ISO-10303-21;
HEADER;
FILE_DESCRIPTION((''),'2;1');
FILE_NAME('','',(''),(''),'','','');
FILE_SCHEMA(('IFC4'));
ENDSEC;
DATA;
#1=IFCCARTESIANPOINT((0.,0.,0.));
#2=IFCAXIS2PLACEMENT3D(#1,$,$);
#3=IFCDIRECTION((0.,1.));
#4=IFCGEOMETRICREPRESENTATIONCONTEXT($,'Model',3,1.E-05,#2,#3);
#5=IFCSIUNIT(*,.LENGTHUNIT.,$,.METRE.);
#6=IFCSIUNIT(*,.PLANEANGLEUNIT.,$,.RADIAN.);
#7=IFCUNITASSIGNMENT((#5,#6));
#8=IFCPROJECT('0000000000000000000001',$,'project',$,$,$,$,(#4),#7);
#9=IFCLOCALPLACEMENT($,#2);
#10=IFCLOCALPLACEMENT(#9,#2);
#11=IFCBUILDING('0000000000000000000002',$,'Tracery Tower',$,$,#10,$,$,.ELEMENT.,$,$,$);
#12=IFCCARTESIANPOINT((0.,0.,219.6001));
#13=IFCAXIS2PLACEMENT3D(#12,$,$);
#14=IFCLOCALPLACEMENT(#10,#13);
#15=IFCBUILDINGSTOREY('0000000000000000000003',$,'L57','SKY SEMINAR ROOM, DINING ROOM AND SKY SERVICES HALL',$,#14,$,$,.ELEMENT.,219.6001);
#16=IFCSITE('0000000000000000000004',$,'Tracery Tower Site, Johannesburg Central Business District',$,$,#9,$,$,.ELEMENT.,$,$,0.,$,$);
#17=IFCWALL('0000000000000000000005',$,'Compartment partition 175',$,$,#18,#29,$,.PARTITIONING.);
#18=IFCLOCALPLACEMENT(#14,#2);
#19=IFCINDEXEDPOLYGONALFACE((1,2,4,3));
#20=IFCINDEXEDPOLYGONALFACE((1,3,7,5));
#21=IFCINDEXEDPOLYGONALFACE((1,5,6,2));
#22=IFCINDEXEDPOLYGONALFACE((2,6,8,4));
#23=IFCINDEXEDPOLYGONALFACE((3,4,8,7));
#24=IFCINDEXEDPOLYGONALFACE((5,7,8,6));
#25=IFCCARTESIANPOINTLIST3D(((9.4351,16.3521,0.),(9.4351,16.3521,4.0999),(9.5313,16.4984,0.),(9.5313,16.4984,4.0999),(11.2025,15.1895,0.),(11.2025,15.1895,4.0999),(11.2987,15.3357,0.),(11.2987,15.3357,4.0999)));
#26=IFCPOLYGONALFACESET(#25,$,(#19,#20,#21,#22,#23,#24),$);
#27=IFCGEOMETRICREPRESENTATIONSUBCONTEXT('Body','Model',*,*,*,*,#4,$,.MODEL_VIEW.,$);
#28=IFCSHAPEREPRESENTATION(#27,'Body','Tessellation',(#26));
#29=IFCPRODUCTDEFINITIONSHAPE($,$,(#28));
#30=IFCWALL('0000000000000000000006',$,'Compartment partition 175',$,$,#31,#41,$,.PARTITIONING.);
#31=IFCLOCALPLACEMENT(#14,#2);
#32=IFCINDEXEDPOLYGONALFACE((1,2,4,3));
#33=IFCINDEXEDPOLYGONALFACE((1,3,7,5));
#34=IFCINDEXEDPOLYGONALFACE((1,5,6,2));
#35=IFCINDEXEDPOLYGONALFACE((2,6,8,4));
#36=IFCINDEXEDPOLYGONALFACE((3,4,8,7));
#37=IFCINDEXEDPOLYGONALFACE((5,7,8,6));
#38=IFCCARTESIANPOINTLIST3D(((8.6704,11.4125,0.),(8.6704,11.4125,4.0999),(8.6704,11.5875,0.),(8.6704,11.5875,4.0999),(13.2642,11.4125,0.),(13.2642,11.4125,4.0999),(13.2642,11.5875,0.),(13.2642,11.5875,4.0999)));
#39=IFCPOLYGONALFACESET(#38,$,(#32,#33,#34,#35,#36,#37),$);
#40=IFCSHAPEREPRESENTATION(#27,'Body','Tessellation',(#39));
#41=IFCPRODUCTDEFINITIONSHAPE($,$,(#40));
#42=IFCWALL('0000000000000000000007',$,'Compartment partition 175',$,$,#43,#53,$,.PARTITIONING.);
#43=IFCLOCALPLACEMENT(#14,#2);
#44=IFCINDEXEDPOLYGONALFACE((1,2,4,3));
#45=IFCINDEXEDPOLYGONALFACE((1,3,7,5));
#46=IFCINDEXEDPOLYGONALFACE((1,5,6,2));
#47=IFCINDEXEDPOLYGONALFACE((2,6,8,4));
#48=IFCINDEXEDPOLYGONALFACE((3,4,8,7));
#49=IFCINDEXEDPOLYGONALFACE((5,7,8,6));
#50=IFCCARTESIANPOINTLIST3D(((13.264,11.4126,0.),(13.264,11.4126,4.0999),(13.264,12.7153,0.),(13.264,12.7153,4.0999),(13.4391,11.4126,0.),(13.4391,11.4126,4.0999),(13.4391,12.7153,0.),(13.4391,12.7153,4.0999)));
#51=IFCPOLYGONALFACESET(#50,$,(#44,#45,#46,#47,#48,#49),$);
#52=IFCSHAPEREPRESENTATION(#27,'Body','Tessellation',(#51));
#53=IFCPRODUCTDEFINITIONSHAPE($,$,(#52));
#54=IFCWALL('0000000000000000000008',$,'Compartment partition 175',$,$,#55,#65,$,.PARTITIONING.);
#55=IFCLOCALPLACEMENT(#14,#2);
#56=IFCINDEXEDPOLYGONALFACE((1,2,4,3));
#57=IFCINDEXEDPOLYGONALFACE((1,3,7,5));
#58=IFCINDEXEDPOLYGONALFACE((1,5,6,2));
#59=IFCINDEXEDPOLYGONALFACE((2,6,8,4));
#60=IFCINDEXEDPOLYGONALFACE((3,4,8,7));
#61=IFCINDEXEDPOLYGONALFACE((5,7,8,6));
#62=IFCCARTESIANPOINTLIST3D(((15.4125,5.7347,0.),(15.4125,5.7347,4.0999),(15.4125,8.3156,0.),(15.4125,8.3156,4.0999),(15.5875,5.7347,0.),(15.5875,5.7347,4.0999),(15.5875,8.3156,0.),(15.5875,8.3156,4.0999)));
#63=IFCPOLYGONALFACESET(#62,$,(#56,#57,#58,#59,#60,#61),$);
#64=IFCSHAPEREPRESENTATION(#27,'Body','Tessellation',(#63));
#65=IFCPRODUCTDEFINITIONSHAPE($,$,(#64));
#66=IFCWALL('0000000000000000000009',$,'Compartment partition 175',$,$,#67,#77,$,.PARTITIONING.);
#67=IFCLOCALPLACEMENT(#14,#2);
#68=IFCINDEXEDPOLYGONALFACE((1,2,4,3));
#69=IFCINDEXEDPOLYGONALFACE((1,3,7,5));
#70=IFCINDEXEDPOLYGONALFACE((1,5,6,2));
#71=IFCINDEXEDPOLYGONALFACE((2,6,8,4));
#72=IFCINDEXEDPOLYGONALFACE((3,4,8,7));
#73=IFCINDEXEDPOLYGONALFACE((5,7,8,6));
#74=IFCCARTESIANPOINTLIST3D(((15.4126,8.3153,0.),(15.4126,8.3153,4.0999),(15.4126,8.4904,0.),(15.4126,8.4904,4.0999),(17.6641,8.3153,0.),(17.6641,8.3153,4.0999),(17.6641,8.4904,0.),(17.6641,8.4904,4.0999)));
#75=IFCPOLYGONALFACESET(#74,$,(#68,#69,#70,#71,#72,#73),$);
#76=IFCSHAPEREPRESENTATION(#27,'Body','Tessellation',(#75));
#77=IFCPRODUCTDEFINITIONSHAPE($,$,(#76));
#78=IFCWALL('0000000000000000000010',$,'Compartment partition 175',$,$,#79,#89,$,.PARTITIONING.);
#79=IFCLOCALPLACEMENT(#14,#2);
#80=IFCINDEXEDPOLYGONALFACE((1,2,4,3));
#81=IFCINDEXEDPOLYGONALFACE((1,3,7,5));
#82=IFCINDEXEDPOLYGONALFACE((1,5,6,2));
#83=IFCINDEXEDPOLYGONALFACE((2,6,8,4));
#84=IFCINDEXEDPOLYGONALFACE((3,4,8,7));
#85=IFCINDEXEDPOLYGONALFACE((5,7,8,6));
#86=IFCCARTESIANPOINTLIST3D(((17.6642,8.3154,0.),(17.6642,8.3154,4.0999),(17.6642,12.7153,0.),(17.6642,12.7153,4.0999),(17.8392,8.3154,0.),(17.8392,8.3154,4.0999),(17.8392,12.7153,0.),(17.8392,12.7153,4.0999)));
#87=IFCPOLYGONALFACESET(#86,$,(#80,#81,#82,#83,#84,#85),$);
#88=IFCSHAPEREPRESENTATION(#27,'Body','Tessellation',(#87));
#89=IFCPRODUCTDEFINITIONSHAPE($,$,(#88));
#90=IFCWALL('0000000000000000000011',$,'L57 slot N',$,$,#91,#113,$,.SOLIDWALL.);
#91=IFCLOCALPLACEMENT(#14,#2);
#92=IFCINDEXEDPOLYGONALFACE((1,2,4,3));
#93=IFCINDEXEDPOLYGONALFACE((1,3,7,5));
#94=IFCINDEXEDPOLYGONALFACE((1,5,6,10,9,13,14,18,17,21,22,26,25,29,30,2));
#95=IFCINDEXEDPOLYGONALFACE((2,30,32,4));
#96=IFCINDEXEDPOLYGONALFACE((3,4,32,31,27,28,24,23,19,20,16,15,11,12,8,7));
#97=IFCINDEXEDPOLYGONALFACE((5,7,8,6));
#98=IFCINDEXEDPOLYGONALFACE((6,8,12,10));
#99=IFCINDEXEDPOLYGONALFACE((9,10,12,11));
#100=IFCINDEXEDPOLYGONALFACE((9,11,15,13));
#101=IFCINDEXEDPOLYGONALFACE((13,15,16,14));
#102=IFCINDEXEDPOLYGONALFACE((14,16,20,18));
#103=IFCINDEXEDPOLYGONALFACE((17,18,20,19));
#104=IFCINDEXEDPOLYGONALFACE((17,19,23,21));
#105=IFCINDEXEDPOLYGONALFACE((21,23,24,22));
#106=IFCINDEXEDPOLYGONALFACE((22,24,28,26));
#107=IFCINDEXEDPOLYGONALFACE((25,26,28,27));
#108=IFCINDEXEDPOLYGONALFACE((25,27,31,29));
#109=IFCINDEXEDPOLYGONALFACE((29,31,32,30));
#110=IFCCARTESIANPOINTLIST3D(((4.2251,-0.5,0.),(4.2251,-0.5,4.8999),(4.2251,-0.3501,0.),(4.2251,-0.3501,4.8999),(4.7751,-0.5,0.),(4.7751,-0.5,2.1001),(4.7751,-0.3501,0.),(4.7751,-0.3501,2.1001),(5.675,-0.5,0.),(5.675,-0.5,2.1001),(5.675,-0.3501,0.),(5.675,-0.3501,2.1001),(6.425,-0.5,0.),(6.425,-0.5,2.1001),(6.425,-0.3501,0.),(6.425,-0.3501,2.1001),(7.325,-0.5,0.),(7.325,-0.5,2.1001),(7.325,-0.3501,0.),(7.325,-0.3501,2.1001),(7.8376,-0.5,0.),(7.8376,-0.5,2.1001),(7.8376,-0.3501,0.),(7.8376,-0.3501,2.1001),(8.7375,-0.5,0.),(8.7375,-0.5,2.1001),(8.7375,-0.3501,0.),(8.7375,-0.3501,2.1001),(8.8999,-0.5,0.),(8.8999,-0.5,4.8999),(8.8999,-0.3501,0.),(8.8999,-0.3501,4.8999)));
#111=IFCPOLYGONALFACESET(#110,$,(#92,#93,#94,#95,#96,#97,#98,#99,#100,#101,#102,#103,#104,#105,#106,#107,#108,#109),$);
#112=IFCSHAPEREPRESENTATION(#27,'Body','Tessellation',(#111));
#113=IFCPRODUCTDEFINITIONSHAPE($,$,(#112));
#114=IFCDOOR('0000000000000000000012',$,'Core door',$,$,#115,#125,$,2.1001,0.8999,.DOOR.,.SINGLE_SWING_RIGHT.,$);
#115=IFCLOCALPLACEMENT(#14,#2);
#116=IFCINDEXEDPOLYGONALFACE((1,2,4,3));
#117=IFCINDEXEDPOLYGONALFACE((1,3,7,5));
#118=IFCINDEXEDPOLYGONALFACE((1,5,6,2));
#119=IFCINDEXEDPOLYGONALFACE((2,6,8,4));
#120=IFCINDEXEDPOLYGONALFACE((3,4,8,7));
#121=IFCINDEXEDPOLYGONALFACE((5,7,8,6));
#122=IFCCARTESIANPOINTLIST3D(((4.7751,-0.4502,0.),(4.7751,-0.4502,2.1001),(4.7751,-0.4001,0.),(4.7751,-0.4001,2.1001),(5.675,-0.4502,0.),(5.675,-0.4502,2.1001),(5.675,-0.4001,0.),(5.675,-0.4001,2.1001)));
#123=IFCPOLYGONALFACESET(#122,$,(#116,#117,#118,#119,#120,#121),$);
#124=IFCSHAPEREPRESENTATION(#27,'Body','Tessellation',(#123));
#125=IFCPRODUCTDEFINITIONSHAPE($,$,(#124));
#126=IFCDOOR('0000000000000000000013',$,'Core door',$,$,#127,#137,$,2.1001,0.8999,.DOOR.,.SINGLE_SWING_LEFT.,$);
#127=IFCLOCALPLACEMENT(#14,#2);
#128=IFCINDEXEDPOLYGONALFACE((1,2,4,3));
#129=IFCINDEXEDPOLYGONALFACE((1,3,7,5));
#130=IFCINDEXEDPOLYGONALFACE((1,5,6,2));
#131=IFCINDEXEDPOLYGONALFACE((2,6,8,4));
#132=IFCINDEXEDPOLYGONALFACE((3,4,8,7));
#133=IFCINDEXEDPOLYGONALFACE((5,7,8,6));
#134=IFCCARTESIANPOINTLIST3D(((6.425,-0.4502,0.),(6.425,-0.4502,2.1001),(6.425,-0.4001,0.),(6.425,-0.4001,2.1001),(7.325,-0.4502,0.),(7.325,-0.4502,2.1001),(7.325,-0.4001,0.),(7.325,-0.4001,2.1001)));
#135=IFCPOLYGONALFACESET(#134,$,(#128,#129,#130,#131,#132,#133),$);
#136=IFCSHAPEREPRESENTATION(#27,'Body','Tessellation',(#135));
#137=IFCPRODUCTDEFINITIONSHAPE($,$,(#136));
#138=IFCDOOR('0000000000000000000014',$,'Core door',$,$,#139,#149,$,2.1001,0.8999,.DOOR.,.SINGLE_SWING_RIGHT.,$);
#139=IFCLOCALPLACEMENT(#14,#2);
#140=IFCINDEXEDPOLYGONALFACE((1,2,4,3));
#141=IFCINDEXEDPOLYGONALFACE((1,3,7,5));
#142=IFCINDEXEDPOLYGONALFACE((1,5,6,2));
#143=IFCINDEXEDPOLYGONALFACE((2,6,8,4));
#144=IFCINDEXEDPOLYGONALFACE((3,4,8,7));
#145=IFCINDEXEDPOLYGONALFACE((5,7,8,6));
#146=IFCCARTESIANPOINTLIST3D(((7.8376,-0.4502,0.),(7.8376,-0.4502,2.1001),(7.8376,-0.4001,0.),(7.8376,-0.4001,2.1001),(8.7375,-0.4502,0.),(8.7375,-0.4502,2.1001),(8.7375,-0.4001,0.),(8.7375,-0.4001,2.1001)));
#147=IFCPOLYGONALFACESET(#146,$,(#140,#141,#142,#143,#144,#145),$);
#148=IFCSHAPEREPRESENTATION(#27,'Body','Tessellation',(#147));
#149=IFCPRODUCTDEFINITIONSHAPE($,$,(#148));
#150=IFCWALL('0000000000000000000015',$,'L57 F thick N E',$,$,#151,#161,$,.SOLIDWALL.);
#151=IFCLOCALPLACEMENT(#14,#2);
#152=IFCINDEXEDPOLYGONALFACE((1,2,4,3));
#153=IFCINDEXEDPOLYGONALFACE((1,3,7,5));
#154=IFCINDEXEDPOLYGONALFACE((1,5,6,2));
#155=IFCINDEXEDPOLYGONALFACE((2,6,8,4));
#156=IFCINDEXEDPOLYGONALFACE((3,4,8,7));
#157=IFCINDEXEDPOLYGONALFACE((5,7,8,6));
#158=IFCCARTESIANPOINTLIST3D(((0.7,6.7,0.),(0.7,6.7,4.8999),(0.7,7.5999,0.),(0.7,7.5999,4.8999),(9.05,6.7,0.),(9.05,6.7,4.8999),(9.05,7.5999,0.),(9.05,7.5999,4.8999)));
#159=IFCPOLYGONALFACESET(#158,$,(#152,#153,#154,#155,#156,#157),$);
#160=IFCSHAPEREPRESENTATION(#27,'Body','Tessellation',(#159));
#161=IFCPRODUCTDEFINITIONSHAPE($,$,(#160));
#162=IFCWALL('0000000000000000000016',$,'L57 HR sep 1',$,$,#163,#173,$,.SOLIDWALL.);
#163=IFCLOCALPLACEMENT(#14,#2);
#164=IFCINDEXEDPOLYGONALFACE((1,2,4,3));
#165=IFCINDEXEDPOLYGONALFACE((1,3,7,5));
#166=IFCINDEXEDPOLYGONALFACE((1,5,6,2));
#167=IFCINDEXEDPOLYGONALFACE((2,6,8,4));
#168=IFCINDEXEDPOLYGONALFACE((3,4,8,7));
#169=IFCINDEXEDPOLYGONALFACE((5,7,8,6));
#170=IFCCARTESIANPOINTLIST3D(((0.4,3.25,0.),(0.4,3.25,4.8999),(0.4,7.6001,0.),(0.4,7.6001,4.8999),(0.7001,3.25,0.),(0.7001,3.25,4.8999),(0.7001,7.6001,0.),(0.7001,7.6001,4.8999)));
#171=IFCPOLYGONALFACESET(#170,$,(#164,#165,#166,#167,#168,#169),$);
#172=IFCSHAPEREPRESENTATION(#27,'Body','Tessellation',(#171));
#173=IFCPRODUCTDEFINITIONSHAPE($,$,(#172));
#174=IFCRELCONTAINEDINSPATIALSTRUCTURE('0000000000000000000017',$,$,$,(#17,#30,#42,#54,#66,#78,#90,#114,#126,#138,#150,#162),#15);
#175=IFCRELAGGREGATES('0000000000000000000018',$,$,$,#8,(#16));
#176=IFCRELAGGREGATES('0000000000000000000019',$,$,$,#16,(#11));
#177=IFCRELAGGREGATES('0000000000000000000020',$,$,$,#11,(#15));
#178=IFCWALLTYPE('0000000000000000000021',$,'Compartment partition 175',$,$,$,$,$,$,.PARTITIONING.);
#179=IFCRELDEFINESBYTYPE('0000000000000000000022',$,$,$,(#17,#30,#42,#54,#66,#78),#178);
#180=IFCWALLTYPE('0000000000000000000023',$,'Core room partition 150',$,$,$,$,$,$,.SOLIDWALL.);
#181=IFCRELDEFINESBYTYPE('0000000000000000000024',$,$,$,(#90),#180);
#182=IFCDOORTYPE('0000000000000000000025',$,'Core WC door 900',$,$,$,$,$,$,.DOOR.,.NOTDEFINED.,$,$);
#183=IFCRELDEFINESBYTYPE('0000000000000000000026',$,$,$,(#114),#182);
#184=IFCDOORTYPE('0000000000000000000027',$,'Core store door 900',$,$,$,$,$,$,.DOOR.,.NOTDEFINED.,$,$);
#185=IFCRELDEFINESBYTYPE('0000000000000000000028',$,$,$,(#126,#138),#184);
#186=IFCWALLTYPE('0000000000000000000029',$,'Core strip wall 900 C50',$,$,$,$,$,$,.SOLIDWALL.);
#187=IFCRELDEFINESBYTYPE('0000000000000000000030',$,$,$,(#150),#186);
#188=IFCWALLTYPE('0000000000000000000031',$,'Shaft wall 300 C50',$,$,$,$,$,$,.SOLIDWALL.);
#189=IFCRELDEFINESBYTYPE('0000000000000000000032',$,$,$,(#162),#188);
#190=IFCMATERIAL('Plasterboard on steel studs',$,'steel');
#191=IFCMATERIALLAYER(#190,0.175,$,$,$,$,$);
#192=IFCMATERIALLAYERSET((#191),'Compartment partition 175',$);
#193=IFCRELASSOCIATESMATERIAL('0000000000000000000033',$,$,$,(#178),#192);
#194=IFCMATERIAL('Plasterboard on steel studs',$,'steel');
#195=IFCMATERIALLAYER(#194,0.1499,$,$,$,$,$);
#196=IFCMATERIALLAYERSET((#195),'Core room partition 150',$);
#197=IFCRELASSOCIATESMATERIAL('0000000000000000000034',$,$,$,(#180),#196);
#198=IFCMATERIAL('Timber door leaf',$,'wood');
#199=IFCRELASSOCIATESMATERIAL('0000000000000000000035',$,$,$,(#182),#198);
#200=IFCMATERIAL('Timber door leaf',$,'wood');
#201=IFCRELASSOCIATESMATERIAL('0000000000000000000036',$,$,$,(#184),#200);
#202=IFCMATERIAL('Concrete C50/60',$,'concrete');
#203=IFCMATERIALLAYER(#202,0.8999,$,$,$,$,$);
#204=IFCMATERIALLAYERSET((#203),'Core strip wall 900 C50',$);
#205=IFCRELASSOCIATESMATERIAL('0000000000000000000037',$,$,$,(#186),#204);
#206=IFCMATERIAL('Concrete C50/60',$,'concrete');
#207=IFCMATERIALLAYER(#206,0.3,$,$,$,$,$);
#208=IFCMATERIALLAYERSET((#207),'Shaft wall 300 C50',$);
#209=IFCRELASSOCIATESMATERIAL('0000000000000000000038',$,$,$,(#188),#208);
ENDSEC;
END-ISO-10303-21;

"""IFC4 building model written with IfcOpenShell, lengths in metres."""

from ifc_helpers import new_model, si_unit, direction, frame, frame_2d, origin, place, context, subcontext, project, spatial, rectangle, extrude, material, layer, layer_set, type_object, element, fill, save


model = new_model("IFC4")

# Units and contexts
model_context = context("Model", 3, precision=1e-05, world=origin(), true_north=direction((0.0, 1.0)))
body_context = subcontext(model_context, "Body", "Model", "MODEL_VIEW")
ifc_project = project(units=[si_unit("LENGTHUNIT", "METRE"), si_unit("PLANEANGLEUNIT", "RADIAN")], contexts=[model_context])

# Site, building, storey
site_placement = place(None, origin())
site = spatial("IfcSite", under=ifc_project, at=site_placement, Name="Tracery Tower Site, Johannesburg Central Business District", CompositionType="ELEMENT", RefElevation=0.0)
building_placement = place(site_placement, origin())
building = spatial("IfcBuilding", under=site, at=building_placement, Name="Tracery Tower", CompositionType="ELEMENT")
storey_placement = place(building_placement, frame((0.0, 0.0, 219.6001)))
storey = spatial("IfcBuildingStorey", under=building, at=storey_placement, Name="L57", Description="SKY SEMINAR ROOM, DINING ROOM AND SKY SERVICES HALL", CompositionType="ELEMENT", Elevation=219.6001)

# Walls
ifc_material_1 = material(Name="Plasterboard on steel studs", Category="steel")
ifc_layer_1 = layer(ifc_material_1, 0.175)
ifc_layer_set_1 = layer_set([ifc_layer_1], Name="Compartment partition 175")
wall_type_1 = type_object("IfcWallType", Name="Compartment partition 175", PredefinedType="PARTITIONING", material=ifc_layer_set_1)
wall_1_placement = place(storey_placement, frame((11.2505, 15.2627, 0.0), z_axis=(0.0, 0.0, 1.0), x_axis=(-0.835444, 0.549576, 0.0)))
element("IfcWall", 1, at=wall_1_placement, inside=storey, type_object=wall_type_1, Name="Compartment partition 175", PredefinedType="PARTITIONING", context=body_context, shape_type="SweptSolid", body=[
    extrude(rectangle(XDim=2.1155, YDim=0.175, at=frame_2d((1.0576, 0.0))), origin(), (0.0, 0.0, 1.0), 4.0999),
])
wall_2_placement = place(storey_placement, frame((13.2642, 11.5, 0.0), z_axis=(0.0, 0.0, 1.0), x_axis=(-1.0, 0.0, 0.0)))
element("IfcWall", 2, at=wall_2_placement, inside=storey, type_object=wall_type_1, Name="Compartment partition 175", PredefinedType="PARTITIONING", context=body_context, shape_type="SweptSolid", body=[
    extrude(rectangle(XDim=4.5938, YDim=0.175, at=frame_2d((2.2969, 0.0))), origin(), (0.0, 0.0, 1.0), 4.0999),
])
wall_3_placement = place(storey_placement, frame((13.3516, 12.7153, 0.0), z_axis=(0.0, 0.0, 1.0), x_axis=(0.0, -1.0, 0.0)))
element("IfcWall", 3, at=wall_3_placement, inside=storey, type_object=wall_type_1, Name="Compartment partition 175", PredefinedType="PARTITIONING", context=body_context, shape_type="SweptSolid", body=[
    extrude(rectangle(XDim=1.3027, YDim=0.175, at=frame_2d((0.6514, 0.0))), origin(), (0.0, 0.0, 1.0), 4.0999),
])
wall_4_placement = place(storey_placement, frame((15.5, 5.7346, 0.0), z_axis=(0.0, 0.0, 1.0), x_axis=(0.0, 1.0, 0.0)))
element("IfcWall", 4, at=wall_4_placement, inside=storey, type_object=wall_type_1, Name="Compartment partition 175", PredefinedType="PARTITIONING", context=body_context, shape_type="SweptSolid", body=[
    extrude(rectangle(XDim=2.5808, YDim=0.175, at=frame_2d((1.2905, 0.0))), origin(), (0.0, 0.0, 1.0), 4.0999),
])
wall_5_placement = place(storey_placement, frame((15.4126, 8.4028, 0.0), z_axis=(0.0, 0.0, 1.0), x_axis=(1.0, 0.0, 0.0)))
element("IfcWall", 5, at=wall_5_placement, inside=storey, type_object=wall_type_1, Name="Compartment partition 175", PredefinedType="PARTITIONING", context=body_context, shape_type="SweptSolid", body=[
    extrude(rectangle(XDim=2.2515, YDim=0.175, at=frame_2d((1.1257, 0.0))), origin(), (0.0, 0.0, 1.0), 4.0999),
])
wall_6_placement = place(storey_placement, frame((17.7517, 8.3154, 0.0), z_axis=(0.0, 0.0, 1.0), x_axis=(0.0, 1.0, 0.0)))
element("IfcWall", 6, at=wall_6_placement, inside=storey, type_object=wall_type_1, Name="Compartment partition 175", PredefinedType="PARTITIONING", context=body_context, shape_type="SweptSolid", body=[
    extrude(rectangle(XDim=4.3999, YDim=0.175, at=frame_2d((2.2, 0.0))), origin(), (0.0, 0.0, 1.0), 4.0999),
])

# Wall, openings, doors
ifc_material_2 = material(Name="Plasterboard on steel studs", Category="steel")
ifc_layer_2 = layer(ifc_material_2, 0.1499)
ifc_layer_set_2 = layer_set([ifc_layer_2], Name="Core room partition 150")
wall_type_2 = type_object("IfcWallType", Name="Core room partition 150", PredefinedType="SOLIDWALL", material=ifc_layer_set_2)
wall_7_placement = place(storey_placement, frame((4.2251, -0.425, 0.0), z_axis=(0.0, 0.0, 1.0), x_axis=(1.0, 0.0, 0.0)))
wall_7 = element("IfcWall", 7, at=wall_7_placement, inside=storey, type_object=wall_type_2, Name="L57 slot N", PredefinedType="SOLIDWALL", context=body_context, shape_type="SweptSolid", body=[
    extrude(rectangle(XDim=4.6748, YDim=0.1499, at=frame_2d((2.3374, 0.0))), origin(), (0.0, 0.0, 1.0), 4.8999),
])
opening_1_placement = place(wall_7_placement, frame((0.55, 0.0, 0.0)))
opening_1 = element("IfcOpeningElement", 8, at=opening_1_placement, cuts=wall_7, PredefinedType="OPENING", context=body_context, shape_type="SweptSolid", body=[
    extrude(rectangle(XDim=0.8999, YDim=2.1001, at=frame_2d((0.45, 1.05))), frame((0.0, 0.075, 0.0), z_axis=(0.0, -1.0, 0.0), x_axis=(1.0, 0.0, 0.0)), (0.0, 0.0, 1.0), 0.1499),
])
opening_2_placement = place(wall_7_placement, frame((2.2, 0.0, 0.0)))
opening_2 = element("IfcOpeningElement", 9, at=opening_2_placement, cuts=wall_7, PredefinedType="OPENING", context=body_context, shape_type="SweptSolid", body=[
    extrude(rectangle(XDim=0.8999, YDim=2.1001, at=frame_2d((0.45, 1.05))), frame((0.0, 0.075, 0.0), z_axis=(0.0, -1.0, 0.0), x_axis=(1.0, 0.0, 0.0)), (0.0, 0.0, 1.0), 0.1499),
])
opening_3_placement = place(wall_7_placement, frame((3.6125, 0.0, 0.0)))
opening_3 = element("IfcOpeningElement", 10, at=opening_3_placement, cuts=wall_7, PredefinedType="OPENING", context=body_context, shape_type="SweptSolid", body=[
    extrude(rectangle(XDim=0.8999, YDim=2.1001, at=frame_2d((0.45, 1.05))), frame((0.0, 0.075, 0.0), z_axis=(0.0, -1.0, 0.0), x_axis=(1.0, 0.0, 0.0)), (0.0, 0.0, 1.0), 0.1499),
])
ifc_material_3 = material(Name="Timber door leaf", Category="wood")
door_type_1 = type_object("IfcDoorType", Name="Core WC door 900", OperationType="NOTDEFINED", PredefinedType="DOOR", material=ifc_material_3)
door_1_placement = place(opening_1_placement, origin())
door_1 = element("IfcDoor", 11, at=door_1_placement, inside=storey, type_object=door_type_1, Name="Core door", OperationType="SINGLE_SWING_RIGHT", OverallHeight=2.1001, OverallWidth=0.8999, PredefinedType="DOOR", context=body_context, shape_type="SweptSolid", body=[
    extrude(rectangle(XDim=0.8999, YDim=2.1001, at=frame_2d((0.45, 1.05))), frame((0.0, 0.0249, 0.0), z_axis=(0.0, -1.0, 0.0), x_axis=(1.0, 0.0, 0.0)), (0.0, 0.0, 1.0), 0.05),
])
fill(opening_1, door_1)
ifc_material_4 = material(Name="Timber door leaf", Category="wood")
door_type_2 = type_object("IfcDoorType", Name="Core store door 900", OperationType="NOTDEFINED", PredefinedType="DOOR", material=ifc_material_4)
door_2_placement = place(opening_2_placement, origin())
door_2 = element("IfcDoor", 12, at=door_2_placement, inside=storey, type_object=door_type_2, Name="Core door", OperationType="SINGLE_SWING_LEFT", OverallHeight=2.1001, OverallWidth=0.8999, PredefinedType="DOOR", context=body_context, shape_type="SweptSolid", body=[
    extrude(rectangle(XDim=0.8999, YDim=2.1001, at=frame_2d((0.45, 1.05))), frame((0.0, 0.0249, 0.0), z_axis=(0.0, -1.0, 0.0), x_axis=(1.0, 0.0, 0.0)), (0.0, 0.0, 1.0), 0.05),
])
fill(opening_2, door_2)
door_3_placement = place(opening_3_placement, origin())
door_3 = element("IfcDoor", 13, at=door_3_placement, inside=storey, type_object=door_type_2, Name="Core door", OperationType="SINGLE_SWING_RIGHT", OverallHeight=2.1001, OverallWidth=0.8999, PredefinedType="DOOR", context=body_context, shape_type="SweptSolid", body=[
    extrude(rectangle(XDim=0.8999, YDim=2.1001, at=frame_2d((0.45, 1.05))), frame((0.0, 0.0249, 0.0), z_axis=(0.0, -1.0, 0.0), x_axis=(1.0, 0.0, 0.0)), (0.0, 0.0, 1.0), 0.05),
])
fill(opening_3, door_3)

# Walls
ifc_material_5 = material(Name="Concrete C50/60", Category="concrete")
ifc_layer_3 = layer(ifc_material_5, 0.8999)
ifc_layer_set_3 = layer_set([ifc_layer_3], Name="Core strip wall 900 C50")
wall_type_3 = type_object("IfcWallType", Name="Core strip wall 900 C50", PredefinedType="SOLIDWALL", material=ifc_layer_set_3)
wall_8_placement = place(storey_placement, frame((0.7, 7.1499, 0.0), z_axis=(0.0, 0.0, 1.0), x_axis=(1.0, 0.0, 0.0)))
element("IfcWall", 14, at=wall_8_placement, inside=storey, type_object=wall_type_3, Name="L57 F thick N E", PredefinedType="SOLIDWALL", context=body_context, shape_type="SweptSolid", body=[
    extrude(rectangle(XDim=8.3501, YDim=0.8999, at=frame_2d((4.175, 0.0))), origin(), (0.0, 0.0, 1.0), 4.8999),
])
ifc_material_6 = material(Name="Concrete C50/60", Category="concrete")
ifc_layer_4 = layer(ifc_material_6, 0.3)
ifc_layer_set_4 = layer_set([ifc_layer_4], Name="Shaft wall 300 C50")
wall_type_4 = type_object("IfcWallType", Name="Shaft wall 300 C50", PredefinedType="SOLIDWALL", material=ifc_layer_set_4)
wall_9_placement = place(storey_placement, frame((0.55, 3.25, 0.0), z_axis=(0.0, 0.0, 1.0), x_axis=(0.0, 1.0, 0.0)))
element("IfcWall", 15, at=wall_9_placement, inside=storey, type_object=wall_type_4, Name="L57 HR sep 1", PredefinedType="SOLIDWALL", context=body_context, shape_type="SweptSolid", body=[
    extrude(rectangle(XDim=4.3501, YDim=0.3, at=frame_2d((2.175, 0.0))), origin(), (0.0, 0.0, 1.0), 4.8999),
])

save(model, "model.ifc")
